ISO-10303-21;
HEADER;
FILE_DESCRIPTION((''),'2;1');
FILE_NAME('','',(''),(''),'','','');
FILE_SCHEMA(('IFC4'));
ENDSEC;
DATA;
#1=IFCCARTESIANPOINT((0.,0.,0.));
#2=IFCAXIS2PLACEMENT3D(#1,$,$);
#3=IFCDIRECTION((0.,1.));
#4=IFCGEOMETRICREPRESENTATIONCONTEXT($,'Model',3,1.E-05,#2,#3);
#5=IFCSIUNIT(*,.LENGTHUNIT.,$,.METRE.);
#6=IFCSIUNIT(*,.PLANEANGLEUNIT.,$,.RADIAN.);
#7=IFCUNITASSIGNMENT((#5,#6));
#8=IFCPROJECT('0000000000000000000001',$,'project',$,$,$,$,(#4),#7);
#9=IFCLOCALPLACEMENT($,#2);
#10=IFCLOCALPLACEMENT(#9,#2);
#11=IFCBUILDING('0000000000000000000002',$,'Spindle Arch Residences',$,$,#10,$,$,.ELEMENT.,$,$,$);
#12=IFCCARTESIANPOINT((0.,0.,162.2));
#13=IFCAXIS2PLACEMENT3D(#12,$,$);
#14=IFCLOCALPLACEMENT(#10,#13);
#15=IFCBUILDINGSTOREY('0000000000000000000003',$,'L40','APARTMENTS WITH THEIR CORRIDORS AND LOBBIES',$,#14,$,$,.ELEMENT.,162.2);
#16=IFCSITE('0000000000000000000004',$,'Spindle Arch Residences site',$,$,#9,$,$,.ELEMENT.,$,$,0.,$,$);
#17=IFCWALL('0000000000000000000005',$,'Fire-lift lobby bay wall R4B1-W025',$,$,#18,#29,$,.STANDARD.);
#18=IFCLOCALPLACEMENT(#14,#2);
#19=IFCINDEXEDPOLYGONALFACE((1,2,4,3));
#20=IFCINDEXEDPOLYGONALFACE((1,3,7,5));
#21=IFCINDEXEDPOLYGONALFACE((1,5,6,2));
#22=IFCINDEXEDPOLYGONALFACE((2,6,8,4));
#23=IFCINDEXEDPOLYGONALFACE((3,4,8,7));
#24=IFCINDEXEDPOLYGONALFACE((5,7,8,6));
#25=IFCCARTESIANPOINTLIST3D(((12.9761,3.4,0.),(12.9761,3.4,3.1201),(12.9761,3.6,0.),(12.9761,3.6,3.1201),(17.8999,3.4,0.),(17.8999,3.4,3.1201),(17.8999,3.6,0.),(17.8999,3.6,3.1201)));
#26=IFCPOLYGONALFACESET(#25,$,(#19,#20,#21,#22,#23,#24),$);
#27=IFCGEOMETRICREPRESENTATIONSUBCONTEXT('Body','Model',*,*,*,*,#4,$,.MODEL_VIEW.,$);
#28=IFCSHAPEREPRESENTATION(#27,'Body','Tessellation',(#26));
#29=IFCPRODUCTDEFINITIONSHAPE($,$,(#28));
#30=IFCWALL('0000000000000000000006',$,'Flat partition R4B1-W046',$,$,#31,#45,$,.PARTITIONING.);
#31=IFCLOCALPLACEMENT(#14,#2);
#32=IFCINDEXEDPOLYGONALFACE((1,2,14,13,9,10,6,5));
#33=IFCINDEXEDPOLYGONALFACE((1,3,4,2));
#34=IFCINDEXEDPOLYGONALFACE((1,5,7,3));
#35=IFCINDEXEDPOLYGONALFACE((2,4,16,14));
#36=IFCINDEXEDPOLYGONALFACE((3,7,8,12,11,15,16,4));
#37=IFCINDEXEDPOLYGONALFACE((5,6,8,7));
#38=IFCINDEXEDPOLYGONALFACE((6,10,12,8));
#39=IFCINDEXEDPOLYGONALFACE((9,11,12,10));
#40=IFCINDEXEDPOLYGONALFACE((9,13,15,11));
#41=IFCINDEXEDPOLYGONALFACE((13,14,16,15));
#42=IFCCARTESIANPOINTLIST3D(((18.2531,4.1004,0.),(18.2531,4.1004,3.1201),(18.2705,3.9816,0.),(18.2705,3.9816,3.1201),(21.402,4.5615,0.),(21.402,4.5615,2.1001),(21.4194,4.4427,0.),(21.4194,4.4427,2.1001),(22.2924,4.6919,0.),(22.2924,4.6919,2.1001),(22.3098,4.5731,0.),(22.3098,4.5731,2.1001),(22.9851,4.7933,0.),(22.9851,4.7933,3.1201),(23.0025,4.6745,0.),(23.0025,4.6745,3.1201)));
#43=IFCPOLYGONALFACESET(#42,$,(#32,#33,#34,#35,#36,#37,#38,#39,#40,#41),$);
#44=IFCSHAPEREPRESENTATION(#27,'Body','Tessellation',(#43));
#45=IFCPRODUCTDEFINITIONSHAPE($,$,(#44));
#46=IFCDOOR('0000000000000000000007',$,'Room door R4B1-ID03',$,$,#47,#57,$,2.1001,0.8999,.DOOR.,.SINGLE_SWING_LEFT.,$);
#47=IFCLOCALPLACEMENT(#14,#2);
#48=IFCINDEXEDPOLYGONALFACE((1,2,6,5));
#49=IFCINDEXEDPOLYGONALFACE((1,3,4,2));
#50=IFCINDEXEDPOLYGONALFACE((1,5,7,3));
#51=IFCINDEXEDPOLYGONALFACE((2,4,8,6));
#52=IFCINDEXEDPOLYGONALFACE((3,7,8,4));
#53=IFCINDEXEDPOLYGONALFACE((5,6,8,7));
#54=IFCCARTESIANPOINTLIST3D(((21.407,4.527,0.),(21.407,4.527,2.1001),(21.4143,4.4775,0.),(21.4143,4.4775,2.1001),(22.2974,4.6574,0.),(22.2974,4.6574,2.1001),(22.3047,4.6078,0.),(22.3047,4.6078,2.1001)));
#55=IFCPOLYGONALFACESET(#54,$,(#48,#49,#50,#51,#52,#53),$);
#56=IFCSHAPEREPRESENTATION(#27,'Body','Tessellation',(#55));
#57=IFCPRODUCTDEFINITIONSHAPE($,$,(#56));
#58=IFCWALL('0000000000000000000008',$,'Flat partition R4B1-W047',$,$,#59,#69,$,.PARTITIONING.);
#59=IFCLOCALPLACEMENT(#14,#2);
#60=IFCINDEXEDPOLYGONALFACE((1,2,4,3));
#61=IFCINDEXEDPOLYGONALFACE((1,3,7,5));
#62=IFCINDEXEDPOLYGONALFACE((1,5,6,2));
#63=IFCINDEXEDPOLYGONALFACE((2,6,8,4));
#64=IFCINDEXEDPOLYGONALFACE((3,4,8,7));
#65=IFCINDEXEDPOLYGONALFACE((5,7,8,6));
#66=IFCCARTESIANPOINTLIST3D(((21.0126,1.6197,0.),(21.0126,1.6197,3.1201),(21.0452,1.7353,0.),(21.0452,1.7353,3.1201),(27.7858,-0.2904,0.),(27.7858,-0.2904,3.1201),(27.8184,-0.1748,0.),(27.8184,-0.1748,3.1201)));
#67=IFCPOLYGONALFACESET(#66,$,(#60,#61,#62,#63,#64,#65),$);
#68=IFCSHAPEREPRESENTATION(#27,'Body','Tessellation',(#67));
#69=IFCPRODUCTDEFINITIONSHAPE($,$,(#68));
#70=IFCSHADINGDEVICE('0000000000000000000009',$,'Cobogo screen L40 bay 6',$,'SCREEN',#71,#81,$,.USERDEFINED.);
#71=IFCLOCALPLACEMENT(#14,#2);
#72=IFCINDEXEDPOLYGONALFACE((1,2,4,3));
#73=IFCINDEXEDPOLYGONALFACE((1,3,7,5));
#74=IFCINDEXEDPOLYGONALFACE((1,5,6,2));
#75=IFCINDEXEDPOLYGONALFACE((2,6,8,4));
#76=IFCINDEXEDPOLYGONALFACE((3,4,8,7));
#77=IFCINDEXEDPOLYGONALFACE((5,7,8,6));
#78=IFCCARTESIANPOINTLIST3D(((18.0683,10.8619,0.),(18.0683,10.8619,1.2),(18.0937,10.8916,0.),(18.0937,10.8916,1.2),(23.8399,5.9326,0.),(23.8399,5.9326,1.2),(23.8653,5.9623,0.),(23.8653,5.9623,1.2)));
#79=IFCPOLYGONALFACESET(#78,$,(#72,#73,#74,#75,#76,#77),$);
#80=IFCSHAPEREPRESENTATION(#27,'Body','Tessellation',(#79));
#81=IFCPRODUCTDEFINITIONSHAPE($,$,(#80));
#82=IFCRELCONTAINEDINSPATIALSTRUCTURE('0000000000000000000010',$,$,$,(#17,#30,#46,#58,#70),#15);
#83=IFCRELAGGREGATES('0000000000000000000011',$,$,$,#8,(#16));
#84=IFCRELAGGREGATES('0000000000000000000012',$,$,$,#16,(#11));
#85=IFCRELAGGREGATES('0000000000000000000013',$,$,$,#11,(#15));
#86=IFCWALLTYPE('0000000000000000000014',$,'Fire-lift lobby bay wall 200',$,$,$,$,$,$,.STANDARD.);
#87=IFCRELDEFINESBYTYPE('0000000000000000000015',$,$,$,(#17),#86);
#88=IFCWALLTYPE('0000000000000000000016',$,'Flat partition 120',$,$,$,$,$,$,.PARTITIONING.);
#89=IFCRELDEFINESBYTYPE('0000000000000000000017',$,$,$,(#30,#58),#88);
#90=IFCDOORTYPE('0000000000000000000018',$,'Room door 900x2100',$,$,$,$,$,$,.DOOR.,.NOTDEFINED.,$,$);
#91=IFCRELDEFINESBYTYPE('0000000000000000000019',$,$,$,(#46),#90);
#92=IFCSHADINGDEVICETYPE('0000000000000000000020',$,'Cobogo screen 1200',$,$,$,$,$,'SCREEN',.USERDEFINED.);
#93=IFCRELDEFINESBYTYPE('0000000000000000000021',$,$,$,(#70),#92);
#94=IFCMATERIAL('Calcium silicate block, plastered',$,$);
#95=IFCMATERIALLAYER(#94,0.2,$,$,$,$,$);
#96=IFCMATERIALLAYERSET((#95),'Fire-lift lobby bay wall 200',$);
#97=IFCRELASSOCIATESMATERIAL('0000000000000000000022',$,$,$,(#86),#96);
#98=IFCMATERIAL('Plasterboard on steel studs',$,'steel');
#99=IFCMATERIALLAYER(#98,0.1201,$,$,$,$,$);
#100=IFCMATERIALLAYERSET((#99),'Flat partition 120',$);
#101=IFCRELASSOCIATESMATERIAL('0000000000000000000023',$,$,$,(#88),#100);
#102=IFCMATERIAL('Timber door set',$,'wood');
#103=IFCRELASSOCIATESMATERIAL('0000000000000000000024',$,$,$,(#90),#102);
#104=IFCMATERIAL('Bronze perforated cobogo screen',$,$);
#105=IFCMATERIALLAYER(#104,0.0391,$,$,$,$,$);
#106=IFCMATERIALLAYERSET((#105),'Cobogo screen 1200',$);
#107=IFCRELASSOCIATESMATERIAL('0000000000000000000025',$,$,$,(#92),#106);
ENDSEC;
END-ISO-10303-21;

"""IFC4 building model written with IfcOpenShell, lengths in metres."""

from ifc_helpers import new_model, si_unit, direction, frame, frame_2d, origin, origin_2d, place, context, subcontext, project, spatial, rectangle, extrude, material, layer, layer_set, type_object, element, fill, save


model = new_model("IFC4")

# Units and contexts
model_context = context("Model", 3, precision=1e-05, world=origin(), true_north=direction((0.0, 1.0)))
body_context = subcontext(model_context, "Body", "Model", "MODEL_VIEW")
ifc_project = project(units=[si_unit("LENGTHUNIT", "METRE"), si_unit("PLANEANGLEUNIT", "RADIAN")], contexts=[model_context])

# Site, building, storey
site_placement = place(None, origin())
site = spatial("IfcSite", under=ifc_project, at=site_placement, Name="Spindle Arch Residences site", CompositionType="ELEMENT", RefElevation=0.0)
building_placement = place(site_placement, origin())
building = spatial("IfcBuilding", under=site, at=building_placement, Name="Spindle Arch Residences", CompositionType="ELEMENT")
storey_placement = place(building_placement, frame((0.0, 0.0, 162.2)))
storey = spatial("IfcBuildingStorey", under=building, at=storey_placement, Name="L40", Description="APARTMENTS WITH THEIR CORRIDORS AND LOBBIES", CompositionType="ELEMENT", Elevation=162.2)

# Wall
ifc_material_1 = material(Name="Calcium silicate block, plastered")
ifc_layer_1 = layer(ifc_material_1, 0.2)
ifc_layer_set_1 = layer_set([ifc_layer_1], Name="Fire-lift lobby bay wall 200")
wall_type_1 = type_object("IfcWallType", Name="Fire-lift lobby bay wall 200", PredefinedType="STANDARD", material=ifc_layer_set_1)
wall_1_placement = place(storey_placement, frame((17.8999, 3.5, 0.0), z_axis=(0.0, 0.0, 1.0), x_axis=(-1.0, 0.0, 0.0)))
element("IfcWall", 1, at=wall_1_placement, inside=storey, type_object=wall_type_1, Name="Fire-lift lobby bay wall R4B1-W025", PredefinedType="STANDARD", context=body_context, shape_type="SweptSolid", body=[
    extrude(rectangle(XDim=4.9238, YDim=0.2, at=frame_2d((2.4619, 0.0))), origin(), (0.0, 0.0, 1.0), 3.1201),
])

# Wall, opening, door
ifc_material_2 = material(Name="Plasterboard on steel studs", Category="steel")
ifc_layer_2 = layer(ifc_material_2, 0.1201)
ifc_layer_set_2 = layer_set([ifc_layer_2], Name="Flat partition 120")
wall_type_2 = type_object("IfcWallType", Name="Flat partition 120", PredefinedType="PARTITIONING", material=ifc_layer_set_2)
wall_2_placement = place(storey_placement, frame((22.9937, 4.7339, 0.0), z_axis=(0.0, 0.0, 1.0), x_axis=(-0.989449, -0.14488, 0.0)))
wall_2 = element("IfcWall", 2, at=wall_2_placement, inside=storey, type_object=wall_type_2, Name="Flat partition R4B1-W046", PredefinedType="PARTITIONING", context=body_context, shape_type="SweptSolid", body=[
    extrude(rectangle(XDim=4.7825, YDim=0.1201, at=frame_2d((2.3911, 0.0))), origin(), (0.0, 0.0, 1.0), 3.1201),
])
opening_1_placement = place(wall_2_placement, frame((0.7, 0.0, 0.0)))
opening_1 = element("IfcOpeningElement", 3, at=opening_1_placement, cuts=wall_2, PredefinedType="OPENING", context=body_context, shape_type="SweptSolid", body=[
    extrude(rectangle(XDim=0.8999, YDim=2.1001, at=frame_2d((0.45, 1.05))), frame((0.0, 0.0701, 0.0), z_axis=(0.0, -1.0, 0.0), x_axis=(1.0, 0.0, 0.0)), (0.0, 0.0, 1.0), 0.1401),
])
ifc_material_3 = material(Name="Timber door set", Category="wood")
door_type_1 = type_object("IfcDoorType", Name="Room door 900x2100", OperationType="NOTDEFINED", PredefinedType="DOOR", material=ifc_material_3)
door_1_placement = place(opening_1_placement, origin())
door_1 = element("IfcDoor", 4, at=door_1_placement, inside=storey, type_object=door_type_1, Name="Room door R4B1-ID03", OperationType="SINGLE_SWING_LEFT", OverallHeight=2.1001, OverallWidth=0.8999, PredefinedType="DOOR", context=body_context, shape_type="SweptSolid", body=[
    extrude(rectangle(XDim=0.8999, YDim=2.1001, at=frame_2d((0.45, 1.05))), frame((0.0, 0.0249, 0.0), z_axis=(0.0, -1.0, 0.0), x_axis=(1.0, 0.0, 0.0)), (0.0, 0.0, 1.0), 0.05),
])
fill(opening_1, door_1)

# Wall
wall_3_placement = place(storey_placement, frame((21.0291, 1.6775, 0.0), z_axis=(0.0, 0.0, 1.0), x_axis=(0.962458, -0.27143, 0.0)))
element("IfcWall", 5, at=wall_3_placement, inside=storey, type_object=wall_type_2, Name="Flat partition R4B1-W047", PredefinedType="PARTITIONING", context=body_context, shape_type="SweptSolid", body=[
    extrude(rectangle(XDim=7.0374, YDim=0.1201, at=frame_2d((3.5186, 0.0))), origin(), (0.0, 0.0, 1.0), 3.1201),
])

# Shading device
ifc_material_4 = material(Name="Bronze perforated cobogo screen")
ifc_layer_3 = layer(ifc_material_4, 0.0391)
ifc_layer_set_3 = layer_set([ifc_layer_3], Name="Cobogo screen 1200")
shading_device_type = type_object("IfcShadingDeviceType", Name="Cobogo screen 1200", ElementType="SCREEN", PredefinedType="USERDEFINED", material=ifc_layer_set_3)
shading_device_placement = place(storey_placement, frame((20.9668, 8.4121, 0.0), z_axis=(0.0, 0.0, 1.0), x_axis=(-0.760406, 0.649448, 0.0)))
element("IfcShadingDevice", 6, at=shading_device_placement, inside=storey, type_object=shading_device_type, Name="Cobogo screen L40 bay 6", ObjectType="SCREEN", PredefinedType="USERDEFINED", context=body_context, shape_type="SweptSolid", body=[
    extrude(rectangle(XDim=7.5901, YDim=0.0391, at=origin_2d()), origin(), (0.0, 0.0, 1.0), 1.2),
])

save(model, "model.ifc")
